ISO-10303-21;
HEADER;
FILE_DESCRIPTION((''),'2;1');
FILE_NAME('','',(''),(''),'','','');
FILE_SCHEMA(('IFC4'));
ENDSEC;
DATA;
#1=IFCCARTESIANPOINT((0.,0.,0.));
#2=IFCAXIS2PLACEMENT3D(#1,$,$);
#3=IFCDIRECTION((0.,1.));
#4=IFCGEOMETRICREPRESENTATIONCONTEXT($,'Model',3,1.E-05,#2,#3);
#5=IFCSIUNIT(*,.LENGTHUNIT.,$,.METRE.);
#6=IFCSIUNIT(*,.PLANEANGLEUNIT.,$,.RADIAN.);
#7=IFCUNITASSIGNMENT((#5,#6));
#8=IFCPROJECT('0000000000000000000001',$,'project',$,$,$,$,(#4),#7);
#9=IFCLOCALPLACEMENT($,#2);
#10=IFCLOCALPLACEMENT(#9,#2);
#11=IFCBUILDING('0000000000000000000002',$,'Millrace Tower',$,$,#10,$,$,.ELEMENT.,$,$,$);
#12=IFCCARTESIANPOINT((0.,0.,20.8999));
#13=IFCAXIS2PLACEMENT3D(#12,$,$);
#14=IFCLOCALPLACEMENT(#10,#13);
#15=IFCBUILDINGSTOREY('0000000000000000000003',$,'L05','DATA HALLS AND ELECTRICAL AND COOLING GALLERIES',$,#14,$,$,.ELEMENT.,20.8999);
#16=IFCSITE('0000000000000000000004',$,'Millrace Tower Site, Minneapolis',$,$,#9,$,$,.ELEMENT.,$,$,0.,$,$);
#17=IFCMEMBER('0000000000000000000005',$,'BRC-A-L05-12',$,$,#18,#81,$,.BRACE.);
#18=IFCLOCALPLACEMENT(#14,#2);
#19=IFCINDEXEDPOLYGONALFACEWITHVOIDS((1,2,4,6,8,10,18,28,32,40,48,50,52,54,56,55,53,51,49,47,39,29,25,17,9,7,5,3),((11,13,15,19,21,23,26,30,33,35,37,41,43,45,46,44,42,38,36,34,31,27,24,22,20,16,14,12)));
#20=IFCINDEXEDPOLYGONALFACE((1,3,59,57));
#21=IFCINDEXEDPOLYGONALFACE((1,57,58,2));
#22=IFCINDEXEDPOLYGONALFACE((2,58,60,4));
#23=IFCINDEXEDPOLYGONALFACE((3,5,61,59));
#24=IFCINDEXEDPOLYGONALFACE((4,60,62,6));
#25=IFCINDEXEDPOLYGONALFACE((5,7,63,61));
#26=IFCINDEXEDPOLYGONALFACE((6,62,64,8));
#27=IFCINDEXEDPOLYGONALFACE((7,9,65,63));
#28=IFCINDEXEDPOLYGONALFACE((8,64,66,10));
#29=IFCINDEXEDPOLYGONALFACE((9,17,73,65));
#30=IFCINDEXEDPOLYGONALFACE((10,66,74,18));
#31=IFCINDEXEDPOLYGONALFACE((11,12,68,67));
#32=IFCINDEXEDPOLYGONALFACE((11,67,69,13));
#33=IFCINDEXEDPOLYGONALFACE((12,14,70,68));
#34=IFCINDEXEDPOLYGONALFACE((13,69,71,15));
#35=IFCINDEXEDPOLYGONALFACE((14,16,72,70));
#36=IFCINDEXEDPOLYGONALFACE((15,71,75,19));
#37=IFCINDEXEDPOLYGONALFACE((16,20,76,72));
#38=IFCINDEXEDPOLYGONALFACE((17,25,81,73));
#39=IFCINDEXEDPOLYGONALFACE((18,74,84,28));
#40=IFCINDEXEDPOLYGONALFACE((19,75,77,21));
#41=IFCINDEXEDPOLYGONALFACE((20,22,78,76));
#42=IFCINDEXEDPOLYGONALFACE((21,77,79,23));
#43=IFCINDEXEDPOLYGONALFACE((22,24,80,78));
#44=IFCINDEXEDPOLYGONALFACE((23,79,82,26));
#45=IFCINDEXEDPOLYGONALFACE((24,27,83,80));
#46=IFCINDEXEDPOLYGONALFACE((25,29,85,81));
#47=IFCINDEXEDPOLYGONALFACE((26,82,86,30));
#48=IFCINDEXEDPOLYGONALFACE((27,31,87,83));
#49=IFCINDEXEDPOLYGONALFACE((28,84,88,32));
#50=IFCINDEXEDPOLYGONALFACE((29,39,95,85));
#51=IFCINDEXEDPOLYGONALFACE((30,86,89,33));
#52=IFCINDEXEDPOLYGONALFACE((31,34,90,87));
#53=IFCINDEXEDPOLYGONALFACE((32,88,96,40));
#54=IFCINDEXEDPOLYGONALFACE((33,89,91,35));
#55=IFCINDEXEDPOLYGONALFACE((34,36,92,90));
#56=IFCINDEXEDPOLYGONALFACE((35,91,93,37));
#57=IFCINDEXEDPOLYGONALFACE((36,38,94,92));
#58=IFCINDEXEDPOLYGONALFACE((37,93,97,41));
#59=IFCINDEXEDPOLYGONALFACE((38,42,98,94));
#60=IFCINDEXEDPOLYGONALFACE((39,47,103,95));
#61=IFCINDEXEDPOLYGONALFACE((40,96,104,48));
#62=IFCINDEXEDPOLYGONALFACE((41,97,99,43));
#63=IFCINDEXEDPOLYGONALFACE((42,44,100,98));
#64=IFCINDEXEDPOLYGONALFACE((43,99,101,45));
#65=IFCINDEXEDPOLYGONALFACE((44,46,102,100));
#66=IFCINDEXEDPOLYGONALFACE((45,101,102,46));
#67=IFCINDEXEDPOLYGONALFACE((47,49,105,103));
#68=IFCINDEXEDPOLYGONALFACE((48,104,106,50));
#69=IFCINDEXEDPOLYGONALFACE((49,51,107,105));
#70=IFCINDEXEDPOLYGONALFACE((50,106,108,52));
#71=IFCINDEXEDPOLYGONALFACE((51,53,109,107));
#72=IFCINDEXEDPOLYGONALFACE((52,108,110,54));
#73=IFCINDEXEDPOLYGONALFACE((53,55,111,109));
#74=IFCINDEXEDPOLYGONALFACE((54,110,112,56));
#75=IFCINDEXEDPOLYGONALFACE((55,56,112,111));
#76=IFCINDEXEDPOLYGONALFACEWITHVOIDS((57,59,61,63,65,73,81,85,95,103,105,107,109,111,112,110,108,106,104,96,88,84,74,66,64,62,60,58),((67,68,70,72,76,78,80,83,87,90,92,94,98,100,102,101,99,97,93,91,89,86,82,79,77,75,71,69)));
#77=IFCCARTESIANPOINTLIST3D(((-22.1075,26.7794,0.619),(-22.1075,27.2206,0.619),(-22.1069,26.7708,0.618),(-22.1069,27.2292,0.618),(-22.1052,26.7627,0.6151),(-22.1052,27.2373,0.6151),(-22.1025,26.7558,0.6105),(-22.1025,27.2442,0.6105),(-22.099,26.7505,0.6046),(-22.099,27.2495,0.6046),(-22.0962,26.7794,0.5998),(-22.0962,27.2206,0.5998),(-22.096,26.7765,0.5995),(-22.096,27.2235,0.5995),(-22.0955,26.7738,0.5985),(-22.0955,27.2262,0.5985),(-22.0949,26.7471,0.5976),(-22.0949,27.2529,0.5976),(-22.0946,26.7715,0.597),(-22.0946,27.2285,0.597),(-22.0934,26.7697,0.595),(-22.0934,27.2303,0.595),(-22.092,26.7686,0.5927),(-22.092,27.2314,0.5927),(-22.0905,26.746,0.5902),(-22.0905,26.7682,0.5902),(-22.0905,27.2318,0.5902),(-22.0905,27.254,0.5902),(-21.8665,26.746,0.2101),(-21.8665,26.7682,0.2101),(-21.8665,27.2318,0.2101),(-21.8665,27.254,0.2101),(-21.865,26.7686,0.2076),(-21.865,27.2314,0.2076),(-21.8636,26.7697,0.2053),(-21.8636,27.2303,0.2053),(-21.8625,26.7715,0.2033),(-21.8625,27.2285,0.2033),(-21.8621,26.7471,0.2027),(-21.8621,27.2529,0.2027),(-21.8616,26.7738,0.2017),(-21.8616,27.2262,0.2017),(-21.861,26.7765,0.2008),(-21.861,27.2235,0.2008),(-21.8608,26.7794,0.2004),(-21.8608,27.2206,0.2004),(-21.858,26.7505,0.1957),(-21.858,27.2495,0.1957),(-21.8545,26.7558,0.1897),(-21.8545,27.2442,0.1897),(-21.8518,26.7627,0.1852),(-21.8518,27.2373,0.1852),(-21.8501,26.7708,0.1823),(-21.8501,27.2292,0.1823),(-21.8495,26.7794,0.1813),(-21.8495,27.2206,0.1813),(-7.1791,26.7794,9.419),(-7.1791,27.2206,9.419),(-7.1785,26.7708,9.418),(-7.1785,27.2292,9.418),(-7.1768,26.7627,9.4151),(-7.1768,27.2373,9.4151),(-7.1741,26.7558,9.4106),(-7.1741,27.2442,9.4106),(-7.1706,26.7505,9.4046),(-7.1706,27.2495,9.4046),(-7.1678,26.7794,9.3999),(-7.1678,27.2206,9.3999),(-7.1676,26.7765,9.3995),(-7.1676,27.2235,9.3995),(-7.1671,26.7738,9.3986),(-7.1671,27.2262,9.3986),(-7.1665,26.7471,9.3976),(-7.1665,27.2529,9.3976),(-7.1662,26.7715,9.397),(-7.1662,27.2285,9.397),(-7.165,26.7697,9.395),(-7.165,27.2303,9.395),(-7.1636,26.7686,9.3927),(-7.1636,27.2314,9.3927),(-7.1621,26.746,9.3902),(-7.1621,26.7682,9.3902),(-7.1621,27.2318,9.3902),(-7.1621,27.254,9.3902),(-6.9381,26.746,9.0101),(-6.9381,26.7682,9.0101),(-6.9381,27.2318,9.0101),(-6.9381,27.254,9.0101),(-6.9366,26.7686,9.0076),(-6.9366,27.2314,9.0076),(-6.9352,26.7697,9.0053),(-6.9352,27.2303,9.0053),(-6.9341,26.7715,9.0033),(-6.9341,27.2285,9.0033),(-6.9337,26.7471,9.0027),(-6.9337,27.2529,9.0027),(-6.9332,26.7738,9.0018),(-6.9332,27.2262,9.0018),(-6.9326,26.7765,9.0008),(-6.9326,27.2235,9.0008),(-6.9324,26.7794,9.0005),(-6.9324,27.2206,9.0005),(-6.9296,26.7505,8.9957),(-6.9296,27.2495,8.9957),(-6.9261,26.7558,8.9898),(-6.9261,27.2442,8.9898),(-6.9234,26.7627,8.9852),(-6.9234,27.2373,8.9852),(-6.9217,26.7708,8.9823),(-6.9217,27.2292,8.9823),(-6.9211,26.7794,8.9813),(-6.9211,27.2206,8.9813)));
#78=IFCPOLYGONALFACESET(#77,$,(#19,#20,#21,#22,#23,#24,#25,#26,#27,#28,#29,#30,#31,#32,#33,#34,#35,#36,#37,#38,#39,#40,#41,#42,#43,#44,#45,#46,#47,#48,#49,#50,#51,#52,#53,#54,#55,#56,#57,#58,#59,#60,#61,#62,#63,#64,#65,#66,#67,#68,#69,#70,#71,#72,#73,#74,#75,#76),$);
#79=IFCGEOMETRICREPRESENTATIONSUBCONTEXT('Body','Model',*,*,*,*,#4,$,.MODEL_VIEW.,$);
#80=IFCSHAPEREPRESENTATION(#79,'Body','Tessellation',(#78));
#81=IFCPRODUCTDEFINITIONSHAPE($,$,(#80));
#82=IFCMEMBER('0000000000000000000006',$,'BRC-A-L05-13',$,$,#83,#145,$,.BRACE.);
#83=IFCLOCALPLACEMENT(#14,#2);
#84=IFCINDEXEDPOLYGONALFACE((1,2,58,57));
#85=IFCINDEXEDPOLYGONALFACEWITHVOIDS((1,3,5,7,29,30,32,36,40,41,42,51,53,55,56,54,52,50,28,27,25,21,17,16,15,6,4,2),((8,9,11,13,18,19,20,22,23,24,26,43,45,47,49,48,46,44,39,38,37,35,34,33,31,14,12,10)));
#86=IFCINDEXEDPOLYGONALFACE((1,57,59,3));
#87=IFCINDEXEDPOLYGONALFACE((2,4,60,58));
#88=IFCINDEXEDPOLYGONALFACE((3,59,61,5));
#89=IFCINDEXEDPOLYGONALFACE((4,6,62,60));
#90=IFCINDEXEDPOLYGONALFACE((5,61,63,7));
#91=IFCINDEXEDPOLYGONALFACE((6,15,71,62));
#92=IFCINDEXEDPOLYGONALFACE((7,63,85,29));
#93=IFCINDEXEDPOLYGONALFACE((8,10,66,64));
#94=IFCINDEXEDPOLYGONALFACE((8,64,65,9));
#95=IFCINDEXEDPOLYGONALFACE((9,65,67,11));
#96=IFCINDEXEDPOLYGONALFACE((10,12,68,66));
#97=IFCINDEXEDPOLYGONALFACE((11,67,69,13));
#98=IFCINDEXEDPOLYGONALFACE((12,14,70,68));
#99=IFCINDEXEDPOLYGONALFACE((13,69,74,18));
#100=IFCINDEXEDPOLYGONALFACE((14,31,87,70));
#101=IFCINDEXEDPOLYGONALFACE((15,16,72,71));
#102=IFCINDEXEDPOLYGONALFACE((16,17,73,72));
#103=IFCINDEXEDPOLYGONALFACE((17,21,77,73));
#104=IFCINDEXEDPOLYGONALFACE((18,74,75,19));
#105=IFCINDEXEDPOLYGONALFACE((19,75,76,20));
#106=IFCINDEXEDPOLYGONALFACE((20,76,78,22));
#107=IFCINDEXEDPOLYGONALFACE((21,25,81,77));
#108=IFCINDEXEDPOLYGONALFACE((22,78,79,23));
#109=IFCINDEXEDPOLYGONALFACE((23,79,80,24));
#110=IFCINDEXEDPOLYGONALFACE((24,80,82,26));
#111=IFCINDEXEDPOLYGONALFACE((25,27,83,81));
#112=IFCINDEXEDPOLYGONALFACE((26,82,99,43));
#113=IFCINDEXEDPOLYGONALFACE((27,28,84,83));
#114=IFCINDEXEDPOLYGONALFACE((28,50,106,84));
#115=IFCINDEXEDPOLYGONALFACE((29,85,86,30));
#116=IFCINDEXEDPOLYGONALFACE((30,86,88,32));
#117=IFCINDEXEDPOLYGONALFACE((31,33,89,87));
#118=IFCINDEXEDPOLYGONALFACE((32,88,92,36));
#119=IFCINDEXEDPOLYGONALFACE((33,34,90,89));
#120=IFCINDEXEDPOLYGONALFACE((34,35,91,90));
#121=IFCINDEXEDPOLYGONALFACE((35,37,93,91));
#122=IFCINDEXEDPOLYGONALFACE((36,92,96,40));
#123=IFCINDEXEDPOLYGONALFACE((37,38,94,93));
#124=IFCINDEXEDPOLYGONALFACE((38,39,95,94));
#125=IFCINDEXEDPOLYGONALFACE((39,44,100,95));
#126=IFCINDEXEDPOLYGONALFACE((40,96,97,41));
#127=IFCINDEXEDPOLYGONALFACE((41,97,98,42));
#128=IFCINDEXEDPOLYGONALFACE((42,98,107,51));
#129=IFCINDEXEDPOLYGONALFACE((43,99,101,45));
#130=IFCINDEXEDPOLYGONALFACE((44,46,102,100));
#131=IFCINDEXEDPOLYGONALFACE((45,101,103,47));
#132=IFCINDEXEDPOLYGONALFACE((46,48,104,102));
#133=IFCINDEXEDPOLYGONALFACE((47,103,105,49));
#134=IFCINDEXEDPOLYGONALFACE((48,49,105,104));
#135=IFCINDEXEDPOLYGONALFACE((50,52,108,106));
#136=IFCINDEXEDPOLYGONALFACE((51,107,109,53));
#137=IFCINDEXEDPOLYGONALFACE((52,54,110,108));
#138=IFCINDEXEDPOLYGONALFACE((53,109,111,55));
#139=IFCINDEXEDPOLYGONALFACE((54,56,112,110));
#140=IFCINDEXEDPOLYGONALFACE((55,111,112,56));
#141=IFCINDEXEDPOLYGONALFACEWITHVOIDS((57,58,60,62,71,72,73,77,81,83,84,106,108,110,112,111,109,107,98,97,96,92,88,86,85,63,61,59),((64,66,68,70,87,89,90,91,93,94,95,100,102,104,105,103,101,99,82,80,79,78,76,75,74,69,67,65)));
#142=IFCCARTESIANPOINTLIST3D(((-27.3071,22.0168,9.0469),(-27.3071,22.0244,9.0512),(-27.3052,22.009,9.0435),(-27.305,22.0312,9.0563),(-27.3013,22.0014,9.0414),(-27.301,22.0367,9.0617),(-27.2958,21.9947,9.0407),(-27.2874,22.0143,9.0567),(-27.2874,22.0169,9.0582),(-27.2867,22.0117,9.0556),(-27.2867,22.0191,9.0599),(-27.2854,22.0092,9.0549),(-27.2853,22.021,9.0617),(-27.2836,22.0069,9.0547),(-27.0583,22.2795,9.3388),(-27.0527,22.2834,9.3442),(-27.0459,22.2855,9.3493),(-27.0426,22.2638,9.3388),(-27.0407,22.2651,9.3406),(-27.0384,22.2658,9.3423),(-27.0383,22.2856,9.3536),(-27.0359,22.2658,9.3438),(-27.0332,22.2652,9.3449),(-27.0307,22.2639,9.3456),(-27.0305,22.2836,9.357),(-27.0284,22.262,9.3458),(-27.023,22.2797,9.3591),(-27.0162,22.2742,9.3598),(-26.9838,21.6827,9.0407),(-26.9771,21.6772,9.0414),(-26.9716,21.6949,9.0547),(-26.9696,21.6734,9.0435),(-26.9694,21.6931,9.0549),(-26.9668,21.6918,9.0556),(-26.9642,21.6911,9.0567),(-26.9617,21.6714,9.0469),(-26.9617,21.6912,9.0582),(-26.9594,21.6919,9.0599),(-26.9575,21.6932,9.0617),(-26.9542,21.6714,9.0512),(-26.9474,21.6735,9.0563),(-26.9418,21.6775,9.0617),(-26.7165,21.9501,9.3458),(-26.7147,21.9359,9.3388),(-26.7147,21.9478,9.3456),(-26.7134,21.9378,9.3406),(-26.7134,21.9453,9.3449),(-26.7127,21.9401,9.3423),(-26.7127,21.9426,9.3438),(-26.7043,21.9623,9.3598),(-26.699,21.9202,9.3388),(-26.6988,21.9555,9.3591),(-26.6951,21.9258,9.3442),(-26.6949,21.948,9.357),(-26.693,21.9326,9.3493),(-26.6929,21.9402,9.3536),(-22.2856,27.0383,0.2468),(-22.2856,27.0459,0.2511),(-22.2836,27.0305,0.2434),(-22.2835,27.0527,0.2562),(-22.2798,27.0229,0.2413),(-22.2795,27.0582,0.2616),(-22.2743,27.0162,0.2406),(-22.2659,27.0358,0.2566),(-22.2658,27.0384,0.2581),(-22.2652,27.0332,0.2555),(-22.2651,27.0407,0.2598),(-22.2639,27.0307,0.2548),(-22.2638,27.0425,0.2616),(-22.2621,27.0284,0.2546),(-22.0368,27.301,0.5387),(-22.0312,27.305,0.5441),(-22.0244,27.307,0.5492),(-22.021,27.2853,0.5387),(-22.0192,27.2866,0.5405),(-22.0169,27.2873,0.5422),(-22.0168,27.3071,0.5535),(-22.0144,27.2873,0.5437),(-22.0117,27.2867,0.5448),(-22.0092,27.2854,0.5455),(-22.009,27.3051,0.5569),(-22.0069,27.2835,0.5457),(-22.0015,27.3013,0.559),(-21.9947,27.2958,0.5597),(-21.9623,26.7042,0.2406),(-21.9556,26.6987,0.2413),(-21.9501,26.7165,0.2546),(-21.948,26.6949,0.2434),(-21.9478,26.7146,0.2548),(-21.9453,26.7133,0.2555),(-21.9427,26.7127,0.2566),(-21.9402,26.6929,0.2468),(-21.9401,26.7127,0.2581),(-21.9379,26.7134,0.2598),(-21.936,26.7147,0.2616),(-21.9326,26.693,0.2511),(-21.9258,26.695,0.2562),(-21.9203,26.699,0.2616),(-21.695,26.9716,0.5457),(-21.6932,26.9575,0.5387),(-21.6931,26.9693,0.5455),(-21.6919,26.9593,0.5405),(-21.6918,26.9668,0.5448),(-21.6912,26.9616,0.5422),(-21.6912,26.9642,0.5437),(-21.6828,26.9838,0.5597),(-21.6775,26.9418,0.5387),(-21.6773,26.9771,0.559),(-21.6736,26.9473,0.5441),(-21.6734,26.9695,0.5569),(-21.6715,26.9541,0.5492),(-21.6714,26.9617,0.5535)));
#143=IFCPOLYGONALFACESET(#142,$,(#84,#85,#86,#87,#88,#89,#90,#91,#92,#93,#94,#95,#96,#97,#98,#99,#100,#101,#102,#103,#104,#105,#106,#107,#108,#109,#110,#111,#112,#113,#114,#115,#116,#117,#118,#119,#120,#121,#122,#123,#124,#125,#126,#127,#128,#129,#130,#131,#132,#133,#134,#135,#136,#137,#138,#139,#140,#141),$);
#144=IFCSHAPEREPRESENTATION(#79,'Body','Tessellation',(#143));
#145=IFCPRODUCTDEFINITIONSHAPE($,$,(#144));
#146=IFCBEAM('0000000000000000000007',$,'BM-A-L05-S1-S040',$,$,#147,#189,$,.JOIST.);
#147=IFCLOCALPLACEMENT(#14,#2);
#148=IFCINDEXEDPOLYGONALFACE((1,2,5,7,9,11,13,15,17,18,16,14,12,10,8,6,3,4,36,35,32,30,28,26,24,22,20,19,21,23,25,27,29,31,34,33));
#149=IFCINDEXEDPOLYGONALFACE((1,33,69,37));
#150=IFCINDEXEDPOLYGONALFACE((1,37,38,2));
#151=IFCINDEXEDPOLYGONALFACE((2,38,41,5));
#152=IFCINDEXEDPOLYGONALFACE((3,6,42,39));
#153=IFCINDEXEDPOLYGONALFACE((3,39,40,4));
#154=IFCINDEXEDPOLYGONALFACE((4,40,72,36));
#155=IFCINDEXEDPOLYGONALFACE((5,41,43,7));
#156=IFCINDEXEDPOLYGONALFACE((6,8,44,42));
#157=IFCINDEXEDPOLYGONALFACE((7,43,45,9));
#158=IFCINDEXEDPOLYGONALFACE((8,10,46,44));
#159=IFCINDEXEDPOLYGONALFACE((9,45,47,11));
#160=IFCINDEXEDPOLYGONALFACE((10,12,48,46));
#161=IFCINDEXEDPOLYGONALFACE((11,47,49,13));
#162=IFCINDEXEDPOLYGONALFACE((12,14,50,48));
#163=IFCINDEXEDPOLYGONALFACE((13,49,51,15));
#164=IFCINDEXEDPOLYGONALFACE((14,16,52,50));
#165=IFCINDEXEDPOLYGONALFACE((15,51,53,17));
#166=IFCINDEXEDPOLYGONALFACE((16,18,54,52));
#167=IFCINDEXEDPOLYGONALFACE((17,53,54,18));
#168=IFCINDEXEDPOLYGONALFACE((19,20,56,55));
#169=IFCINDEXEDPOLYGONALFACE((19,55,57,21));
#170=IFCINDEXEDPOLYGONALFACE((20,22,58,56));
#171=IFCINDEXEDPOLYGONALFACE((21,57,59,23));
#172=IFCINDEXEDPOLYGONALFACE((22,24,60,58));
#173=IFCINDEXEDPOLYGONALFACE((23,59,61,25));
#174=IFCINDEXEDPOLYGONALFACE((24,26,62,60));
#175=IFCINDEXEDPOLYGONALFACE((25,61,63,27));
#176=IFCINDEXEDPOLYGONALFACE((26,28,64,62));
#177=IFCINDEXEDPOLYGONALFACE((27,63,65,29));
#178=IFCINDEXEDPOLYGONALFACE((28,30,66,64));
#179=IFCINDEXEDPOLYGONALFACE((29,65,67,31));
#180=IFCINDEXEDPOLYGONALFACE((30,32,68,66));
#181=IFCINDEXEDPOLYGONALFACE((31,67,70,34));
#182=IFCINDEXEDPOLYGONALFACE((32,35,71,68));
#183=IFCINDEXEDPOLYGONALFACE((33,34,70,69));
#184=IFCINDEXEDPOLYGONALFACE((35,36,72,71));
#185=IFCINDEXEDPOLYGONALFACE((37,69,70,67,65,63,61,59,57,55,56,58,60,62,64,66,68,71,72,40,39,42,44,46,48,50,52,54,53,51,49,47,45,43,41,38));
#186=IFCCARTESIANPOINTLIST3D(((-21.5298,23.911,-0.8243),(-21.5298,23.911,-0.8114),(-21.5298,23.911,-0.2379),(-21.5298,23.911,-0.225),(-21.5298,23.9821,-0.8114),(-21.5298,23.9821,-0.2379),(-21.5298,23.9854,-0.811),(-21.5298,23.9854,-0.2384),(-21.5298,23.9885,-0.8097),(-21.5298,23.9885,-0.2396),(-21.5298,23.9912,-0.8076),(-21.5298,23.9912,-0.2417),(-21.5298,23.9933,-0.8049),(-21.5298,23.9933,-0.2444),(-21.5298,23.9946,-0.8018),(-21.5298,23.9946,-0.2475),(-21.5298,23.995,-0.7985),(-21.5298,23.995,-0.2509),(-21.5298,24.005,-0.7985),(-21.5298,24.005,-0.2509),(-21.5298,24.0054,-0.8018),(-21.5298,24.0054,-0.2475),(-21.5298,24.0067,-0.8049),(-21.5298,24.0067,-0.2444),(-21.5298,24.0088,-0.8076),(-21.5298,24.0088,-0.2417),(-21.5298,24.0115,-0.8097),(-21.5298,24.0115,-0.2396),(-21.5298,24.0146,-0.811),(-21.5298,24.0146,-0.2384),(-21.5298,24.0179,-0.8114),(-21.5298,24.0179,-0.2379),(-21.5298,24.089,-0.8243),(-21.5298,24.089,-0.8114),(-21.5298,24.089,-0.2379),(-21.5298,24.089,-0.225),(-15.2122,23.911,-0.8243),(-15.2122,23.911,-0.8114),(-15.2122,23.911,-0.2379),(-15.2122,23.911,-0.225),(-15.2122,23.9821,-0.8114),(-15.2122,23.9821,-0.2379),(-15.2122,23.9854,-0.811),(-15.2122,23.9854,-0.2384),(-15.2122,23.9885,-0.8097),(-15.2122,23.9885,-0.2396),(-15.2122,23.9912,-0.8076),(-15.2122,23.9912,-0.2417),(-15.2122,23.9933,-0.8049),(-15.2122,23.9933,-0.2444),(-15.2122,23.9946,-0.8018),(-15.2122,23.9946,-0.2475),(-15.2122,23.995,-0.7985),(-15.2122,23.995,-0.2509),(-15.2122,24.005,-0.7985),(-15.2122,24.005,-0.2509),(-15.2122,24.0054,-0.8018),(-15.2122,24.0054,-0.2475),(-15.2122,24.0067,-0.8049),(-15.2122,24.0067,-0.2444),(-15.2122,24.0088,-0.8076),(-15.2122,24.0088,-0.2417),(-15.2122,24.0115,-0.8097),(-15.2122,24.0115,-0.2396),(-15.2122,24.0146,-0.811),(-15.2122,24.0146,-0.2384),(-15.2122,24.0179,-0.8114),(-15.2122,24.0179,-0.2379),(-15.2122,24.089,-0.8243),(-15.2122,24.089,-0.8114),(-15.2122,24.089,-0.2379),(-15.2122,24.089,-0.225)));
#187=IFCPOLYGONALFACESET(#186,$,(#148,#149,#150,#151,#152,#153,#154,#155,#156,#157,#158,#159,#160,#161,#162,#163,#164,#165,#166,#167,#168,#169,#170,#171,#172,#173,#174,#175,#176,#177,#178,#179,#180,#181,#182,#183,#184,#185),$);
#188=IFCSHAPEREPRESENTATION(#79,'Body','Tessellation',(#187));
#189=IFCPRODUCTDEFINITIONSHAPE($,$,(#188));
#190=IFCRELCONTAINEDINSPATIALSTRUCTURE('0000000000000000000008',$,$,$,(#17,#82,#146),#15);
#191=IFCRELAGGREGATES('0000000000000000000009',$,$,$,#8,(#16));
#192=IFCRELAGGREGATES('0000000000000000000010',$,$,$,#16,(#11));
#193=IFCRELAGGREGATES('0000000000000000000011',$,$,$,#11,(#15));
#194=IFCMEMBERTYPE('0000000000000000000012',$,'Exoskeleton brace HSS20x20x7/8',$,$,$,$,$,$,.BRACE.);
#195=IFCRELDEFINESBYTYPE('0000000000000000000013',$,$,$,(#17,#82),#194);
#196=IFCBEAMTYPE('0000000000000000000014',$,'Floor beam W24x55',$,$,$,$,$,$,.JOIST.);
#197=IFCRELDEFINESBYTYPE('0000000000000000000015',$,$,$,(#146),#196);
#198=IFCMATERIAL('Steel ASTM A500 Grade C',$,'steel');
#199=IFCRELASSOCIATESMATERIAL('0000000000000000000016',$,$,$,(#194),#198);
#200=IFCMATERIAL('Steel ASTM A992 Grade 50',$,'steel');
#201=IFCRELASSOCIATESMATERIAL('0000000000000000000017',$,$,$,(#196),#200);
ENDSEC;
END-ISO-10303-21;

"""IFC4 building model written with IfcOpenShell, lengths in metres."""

from ifc_helpers import new_model, si_unit, direction, frame, origin, origin_2d, place, context, subcontext, project, spatial, hollow_rectangle, i_section, extrude, material, material_profile, profile_set, type_object, element, save


model = new_model("IFC4")

# Units and contexts
model_context = context("Model", 3, precision=1e-05, world=origin(), true_north=direction((0.0, 1.0)))
body_context = subcontext(model_context, "Body", "Model", "MODEL_VIEW")
ifc_project = project(units=[si_unit("LENGTHUNIT", "METRE"), si_unit("PLANEANGLEUNIT", "RADIAN")], contexts=[model_context])

# Site, building, storey
site_placement = place(None, origin())
site = spatial("IfcSite", under=ifc_project, at=site_placement, Name="Millrace Tower Site, Minneapolis", CompositionType="ELEMENT", RefElevation=0.0)
building_placement = place(site_placement, origin())
building = spatial("IfcBuilding", under=site, at=building_placement, Name="Millrace Tower", CompositionType="ELEMENT")
storey_placement = place(building_placement, frame((0.0, 0.0, 20.8999)))
storey = spatial("IfcBuildingStorey", under=building, at=storey_placement, Name="L05", Description="DATA HALLS AND ELECTRICAL AND COOLING GALLERIES", CompositionType="ELEMENT", Elevation=20.8999)

# Members
ifc_material_1 = material(Name="Steel ASTM A500 Grade C", Category="steel")
ifc_material_profile_1 = material_profile(ifc_material_1, hollow_rectangle(XDim=0.5081, YDim=0.5081, WallThickness=0.0222, InnerFilletRadius=0.0112, OuterFilletRadius=0.0334, at=origin_2d()))
ifc_profile_set_1 = profile_set([ifc_material_profile_1], Name="Steel ASTM A500 Grade C")
member_type_1 = type_object("IfcMemberType", Name="Exoskeleton brace HSS20x20x7/8", PredefinedType="BRACE", material=ifc_profile_set_1)
member_1_placement = place(storey_placement, frame((-21.9785, 27.0, 0.4001), z_axis=(0.861465, 0.0, 0.507817), x_axis=(0.0, 1.0, 0.0)))
element("IfcMember", 1, at=member_1_placement, inside=storey, type_object=member_type_1, Name="BRC-A-L05-12", PredefinedType="BRACE", context=body_context, shape_type="SweptSolid", body=[
    extrude(hollow_rectangle(XDim=0.5081, YDim=0.5081, WallThickness=0.0222, InnerFilletRadius=0.0112, OuterFilletRadius=0.0334, at=origin_2d()), origin(), (0.0, 0.0, 1.0), 17.3291),
])
member_2_placement = place(storey_placement, frame((-21.9785, 27.0, 0.4001), z_axis=(-0.444064, -0.444064, 0.778213), x_axis=(0.707107, -0.707107, 0.0)))
element("IfcMember", 2, at=member_2_placement, inside=storey, type_object=member_type_1, Name="BRC-A-L05-13", PredefinedType="BRACE", context=body_context, shape_type="SweptSolid", body=[
    extrude(hollow_rectangle(XDim=0.5081, YDim=0.5081, WallThickness=0.0222, InnerFilletRadius=0.0112, OuterFilletRadius=0.0334, at=origin_2d()), origin(), (0.0, 0.0, 1.0), 11.3081),
])

# Beam
ifc_material_2 = material(Name="Steel ASTM A992 Grade 50", Category="steel")
ifc_material_profile_2 = material_profile(ifc_material_2, i_section(OverallWidth=0.178, OverallDepth=0.5994, WebThickness=0.01, FlangeThickness=0.0129, FilletRadius=0.0129, at=origin_2d()))
ifc_profile_set_2 = profile_set([ifc_material_profile_2], Name="Steel ASTM A992 Grade 50")
beam_type_1 = type_object("IfcBeamType", Name="Floor beam W24x55", PredefinedType="JOIST", material=ifc_profile_set_2)
beam_1_placement = place(storey_placement, frame((-21.5298, 24.0, -0.5247), z_axis=(1.0, 0.0, 0.0), x_axis=(0.0, 1.0, 0.0)))
element("IfcBeam", 3, at=beam_1_placement, inside=storey, type_object=beam_type_1, Name="BM-A-L05-S1-S040", PredefinedType="JOIST", context=body_context, shape_type="SweptSolid", body=[
    extrude(i_section(OverallWidth=0.178, OverallDepth=0.5994, WebThickness=0.01, FlangeThickness=0.0129, FilletRadius=0.0129, at=origin_2d()), origin(), (0.0, 0.0, 1.0), 6.3176),
])

save(model, "model.ifc")
